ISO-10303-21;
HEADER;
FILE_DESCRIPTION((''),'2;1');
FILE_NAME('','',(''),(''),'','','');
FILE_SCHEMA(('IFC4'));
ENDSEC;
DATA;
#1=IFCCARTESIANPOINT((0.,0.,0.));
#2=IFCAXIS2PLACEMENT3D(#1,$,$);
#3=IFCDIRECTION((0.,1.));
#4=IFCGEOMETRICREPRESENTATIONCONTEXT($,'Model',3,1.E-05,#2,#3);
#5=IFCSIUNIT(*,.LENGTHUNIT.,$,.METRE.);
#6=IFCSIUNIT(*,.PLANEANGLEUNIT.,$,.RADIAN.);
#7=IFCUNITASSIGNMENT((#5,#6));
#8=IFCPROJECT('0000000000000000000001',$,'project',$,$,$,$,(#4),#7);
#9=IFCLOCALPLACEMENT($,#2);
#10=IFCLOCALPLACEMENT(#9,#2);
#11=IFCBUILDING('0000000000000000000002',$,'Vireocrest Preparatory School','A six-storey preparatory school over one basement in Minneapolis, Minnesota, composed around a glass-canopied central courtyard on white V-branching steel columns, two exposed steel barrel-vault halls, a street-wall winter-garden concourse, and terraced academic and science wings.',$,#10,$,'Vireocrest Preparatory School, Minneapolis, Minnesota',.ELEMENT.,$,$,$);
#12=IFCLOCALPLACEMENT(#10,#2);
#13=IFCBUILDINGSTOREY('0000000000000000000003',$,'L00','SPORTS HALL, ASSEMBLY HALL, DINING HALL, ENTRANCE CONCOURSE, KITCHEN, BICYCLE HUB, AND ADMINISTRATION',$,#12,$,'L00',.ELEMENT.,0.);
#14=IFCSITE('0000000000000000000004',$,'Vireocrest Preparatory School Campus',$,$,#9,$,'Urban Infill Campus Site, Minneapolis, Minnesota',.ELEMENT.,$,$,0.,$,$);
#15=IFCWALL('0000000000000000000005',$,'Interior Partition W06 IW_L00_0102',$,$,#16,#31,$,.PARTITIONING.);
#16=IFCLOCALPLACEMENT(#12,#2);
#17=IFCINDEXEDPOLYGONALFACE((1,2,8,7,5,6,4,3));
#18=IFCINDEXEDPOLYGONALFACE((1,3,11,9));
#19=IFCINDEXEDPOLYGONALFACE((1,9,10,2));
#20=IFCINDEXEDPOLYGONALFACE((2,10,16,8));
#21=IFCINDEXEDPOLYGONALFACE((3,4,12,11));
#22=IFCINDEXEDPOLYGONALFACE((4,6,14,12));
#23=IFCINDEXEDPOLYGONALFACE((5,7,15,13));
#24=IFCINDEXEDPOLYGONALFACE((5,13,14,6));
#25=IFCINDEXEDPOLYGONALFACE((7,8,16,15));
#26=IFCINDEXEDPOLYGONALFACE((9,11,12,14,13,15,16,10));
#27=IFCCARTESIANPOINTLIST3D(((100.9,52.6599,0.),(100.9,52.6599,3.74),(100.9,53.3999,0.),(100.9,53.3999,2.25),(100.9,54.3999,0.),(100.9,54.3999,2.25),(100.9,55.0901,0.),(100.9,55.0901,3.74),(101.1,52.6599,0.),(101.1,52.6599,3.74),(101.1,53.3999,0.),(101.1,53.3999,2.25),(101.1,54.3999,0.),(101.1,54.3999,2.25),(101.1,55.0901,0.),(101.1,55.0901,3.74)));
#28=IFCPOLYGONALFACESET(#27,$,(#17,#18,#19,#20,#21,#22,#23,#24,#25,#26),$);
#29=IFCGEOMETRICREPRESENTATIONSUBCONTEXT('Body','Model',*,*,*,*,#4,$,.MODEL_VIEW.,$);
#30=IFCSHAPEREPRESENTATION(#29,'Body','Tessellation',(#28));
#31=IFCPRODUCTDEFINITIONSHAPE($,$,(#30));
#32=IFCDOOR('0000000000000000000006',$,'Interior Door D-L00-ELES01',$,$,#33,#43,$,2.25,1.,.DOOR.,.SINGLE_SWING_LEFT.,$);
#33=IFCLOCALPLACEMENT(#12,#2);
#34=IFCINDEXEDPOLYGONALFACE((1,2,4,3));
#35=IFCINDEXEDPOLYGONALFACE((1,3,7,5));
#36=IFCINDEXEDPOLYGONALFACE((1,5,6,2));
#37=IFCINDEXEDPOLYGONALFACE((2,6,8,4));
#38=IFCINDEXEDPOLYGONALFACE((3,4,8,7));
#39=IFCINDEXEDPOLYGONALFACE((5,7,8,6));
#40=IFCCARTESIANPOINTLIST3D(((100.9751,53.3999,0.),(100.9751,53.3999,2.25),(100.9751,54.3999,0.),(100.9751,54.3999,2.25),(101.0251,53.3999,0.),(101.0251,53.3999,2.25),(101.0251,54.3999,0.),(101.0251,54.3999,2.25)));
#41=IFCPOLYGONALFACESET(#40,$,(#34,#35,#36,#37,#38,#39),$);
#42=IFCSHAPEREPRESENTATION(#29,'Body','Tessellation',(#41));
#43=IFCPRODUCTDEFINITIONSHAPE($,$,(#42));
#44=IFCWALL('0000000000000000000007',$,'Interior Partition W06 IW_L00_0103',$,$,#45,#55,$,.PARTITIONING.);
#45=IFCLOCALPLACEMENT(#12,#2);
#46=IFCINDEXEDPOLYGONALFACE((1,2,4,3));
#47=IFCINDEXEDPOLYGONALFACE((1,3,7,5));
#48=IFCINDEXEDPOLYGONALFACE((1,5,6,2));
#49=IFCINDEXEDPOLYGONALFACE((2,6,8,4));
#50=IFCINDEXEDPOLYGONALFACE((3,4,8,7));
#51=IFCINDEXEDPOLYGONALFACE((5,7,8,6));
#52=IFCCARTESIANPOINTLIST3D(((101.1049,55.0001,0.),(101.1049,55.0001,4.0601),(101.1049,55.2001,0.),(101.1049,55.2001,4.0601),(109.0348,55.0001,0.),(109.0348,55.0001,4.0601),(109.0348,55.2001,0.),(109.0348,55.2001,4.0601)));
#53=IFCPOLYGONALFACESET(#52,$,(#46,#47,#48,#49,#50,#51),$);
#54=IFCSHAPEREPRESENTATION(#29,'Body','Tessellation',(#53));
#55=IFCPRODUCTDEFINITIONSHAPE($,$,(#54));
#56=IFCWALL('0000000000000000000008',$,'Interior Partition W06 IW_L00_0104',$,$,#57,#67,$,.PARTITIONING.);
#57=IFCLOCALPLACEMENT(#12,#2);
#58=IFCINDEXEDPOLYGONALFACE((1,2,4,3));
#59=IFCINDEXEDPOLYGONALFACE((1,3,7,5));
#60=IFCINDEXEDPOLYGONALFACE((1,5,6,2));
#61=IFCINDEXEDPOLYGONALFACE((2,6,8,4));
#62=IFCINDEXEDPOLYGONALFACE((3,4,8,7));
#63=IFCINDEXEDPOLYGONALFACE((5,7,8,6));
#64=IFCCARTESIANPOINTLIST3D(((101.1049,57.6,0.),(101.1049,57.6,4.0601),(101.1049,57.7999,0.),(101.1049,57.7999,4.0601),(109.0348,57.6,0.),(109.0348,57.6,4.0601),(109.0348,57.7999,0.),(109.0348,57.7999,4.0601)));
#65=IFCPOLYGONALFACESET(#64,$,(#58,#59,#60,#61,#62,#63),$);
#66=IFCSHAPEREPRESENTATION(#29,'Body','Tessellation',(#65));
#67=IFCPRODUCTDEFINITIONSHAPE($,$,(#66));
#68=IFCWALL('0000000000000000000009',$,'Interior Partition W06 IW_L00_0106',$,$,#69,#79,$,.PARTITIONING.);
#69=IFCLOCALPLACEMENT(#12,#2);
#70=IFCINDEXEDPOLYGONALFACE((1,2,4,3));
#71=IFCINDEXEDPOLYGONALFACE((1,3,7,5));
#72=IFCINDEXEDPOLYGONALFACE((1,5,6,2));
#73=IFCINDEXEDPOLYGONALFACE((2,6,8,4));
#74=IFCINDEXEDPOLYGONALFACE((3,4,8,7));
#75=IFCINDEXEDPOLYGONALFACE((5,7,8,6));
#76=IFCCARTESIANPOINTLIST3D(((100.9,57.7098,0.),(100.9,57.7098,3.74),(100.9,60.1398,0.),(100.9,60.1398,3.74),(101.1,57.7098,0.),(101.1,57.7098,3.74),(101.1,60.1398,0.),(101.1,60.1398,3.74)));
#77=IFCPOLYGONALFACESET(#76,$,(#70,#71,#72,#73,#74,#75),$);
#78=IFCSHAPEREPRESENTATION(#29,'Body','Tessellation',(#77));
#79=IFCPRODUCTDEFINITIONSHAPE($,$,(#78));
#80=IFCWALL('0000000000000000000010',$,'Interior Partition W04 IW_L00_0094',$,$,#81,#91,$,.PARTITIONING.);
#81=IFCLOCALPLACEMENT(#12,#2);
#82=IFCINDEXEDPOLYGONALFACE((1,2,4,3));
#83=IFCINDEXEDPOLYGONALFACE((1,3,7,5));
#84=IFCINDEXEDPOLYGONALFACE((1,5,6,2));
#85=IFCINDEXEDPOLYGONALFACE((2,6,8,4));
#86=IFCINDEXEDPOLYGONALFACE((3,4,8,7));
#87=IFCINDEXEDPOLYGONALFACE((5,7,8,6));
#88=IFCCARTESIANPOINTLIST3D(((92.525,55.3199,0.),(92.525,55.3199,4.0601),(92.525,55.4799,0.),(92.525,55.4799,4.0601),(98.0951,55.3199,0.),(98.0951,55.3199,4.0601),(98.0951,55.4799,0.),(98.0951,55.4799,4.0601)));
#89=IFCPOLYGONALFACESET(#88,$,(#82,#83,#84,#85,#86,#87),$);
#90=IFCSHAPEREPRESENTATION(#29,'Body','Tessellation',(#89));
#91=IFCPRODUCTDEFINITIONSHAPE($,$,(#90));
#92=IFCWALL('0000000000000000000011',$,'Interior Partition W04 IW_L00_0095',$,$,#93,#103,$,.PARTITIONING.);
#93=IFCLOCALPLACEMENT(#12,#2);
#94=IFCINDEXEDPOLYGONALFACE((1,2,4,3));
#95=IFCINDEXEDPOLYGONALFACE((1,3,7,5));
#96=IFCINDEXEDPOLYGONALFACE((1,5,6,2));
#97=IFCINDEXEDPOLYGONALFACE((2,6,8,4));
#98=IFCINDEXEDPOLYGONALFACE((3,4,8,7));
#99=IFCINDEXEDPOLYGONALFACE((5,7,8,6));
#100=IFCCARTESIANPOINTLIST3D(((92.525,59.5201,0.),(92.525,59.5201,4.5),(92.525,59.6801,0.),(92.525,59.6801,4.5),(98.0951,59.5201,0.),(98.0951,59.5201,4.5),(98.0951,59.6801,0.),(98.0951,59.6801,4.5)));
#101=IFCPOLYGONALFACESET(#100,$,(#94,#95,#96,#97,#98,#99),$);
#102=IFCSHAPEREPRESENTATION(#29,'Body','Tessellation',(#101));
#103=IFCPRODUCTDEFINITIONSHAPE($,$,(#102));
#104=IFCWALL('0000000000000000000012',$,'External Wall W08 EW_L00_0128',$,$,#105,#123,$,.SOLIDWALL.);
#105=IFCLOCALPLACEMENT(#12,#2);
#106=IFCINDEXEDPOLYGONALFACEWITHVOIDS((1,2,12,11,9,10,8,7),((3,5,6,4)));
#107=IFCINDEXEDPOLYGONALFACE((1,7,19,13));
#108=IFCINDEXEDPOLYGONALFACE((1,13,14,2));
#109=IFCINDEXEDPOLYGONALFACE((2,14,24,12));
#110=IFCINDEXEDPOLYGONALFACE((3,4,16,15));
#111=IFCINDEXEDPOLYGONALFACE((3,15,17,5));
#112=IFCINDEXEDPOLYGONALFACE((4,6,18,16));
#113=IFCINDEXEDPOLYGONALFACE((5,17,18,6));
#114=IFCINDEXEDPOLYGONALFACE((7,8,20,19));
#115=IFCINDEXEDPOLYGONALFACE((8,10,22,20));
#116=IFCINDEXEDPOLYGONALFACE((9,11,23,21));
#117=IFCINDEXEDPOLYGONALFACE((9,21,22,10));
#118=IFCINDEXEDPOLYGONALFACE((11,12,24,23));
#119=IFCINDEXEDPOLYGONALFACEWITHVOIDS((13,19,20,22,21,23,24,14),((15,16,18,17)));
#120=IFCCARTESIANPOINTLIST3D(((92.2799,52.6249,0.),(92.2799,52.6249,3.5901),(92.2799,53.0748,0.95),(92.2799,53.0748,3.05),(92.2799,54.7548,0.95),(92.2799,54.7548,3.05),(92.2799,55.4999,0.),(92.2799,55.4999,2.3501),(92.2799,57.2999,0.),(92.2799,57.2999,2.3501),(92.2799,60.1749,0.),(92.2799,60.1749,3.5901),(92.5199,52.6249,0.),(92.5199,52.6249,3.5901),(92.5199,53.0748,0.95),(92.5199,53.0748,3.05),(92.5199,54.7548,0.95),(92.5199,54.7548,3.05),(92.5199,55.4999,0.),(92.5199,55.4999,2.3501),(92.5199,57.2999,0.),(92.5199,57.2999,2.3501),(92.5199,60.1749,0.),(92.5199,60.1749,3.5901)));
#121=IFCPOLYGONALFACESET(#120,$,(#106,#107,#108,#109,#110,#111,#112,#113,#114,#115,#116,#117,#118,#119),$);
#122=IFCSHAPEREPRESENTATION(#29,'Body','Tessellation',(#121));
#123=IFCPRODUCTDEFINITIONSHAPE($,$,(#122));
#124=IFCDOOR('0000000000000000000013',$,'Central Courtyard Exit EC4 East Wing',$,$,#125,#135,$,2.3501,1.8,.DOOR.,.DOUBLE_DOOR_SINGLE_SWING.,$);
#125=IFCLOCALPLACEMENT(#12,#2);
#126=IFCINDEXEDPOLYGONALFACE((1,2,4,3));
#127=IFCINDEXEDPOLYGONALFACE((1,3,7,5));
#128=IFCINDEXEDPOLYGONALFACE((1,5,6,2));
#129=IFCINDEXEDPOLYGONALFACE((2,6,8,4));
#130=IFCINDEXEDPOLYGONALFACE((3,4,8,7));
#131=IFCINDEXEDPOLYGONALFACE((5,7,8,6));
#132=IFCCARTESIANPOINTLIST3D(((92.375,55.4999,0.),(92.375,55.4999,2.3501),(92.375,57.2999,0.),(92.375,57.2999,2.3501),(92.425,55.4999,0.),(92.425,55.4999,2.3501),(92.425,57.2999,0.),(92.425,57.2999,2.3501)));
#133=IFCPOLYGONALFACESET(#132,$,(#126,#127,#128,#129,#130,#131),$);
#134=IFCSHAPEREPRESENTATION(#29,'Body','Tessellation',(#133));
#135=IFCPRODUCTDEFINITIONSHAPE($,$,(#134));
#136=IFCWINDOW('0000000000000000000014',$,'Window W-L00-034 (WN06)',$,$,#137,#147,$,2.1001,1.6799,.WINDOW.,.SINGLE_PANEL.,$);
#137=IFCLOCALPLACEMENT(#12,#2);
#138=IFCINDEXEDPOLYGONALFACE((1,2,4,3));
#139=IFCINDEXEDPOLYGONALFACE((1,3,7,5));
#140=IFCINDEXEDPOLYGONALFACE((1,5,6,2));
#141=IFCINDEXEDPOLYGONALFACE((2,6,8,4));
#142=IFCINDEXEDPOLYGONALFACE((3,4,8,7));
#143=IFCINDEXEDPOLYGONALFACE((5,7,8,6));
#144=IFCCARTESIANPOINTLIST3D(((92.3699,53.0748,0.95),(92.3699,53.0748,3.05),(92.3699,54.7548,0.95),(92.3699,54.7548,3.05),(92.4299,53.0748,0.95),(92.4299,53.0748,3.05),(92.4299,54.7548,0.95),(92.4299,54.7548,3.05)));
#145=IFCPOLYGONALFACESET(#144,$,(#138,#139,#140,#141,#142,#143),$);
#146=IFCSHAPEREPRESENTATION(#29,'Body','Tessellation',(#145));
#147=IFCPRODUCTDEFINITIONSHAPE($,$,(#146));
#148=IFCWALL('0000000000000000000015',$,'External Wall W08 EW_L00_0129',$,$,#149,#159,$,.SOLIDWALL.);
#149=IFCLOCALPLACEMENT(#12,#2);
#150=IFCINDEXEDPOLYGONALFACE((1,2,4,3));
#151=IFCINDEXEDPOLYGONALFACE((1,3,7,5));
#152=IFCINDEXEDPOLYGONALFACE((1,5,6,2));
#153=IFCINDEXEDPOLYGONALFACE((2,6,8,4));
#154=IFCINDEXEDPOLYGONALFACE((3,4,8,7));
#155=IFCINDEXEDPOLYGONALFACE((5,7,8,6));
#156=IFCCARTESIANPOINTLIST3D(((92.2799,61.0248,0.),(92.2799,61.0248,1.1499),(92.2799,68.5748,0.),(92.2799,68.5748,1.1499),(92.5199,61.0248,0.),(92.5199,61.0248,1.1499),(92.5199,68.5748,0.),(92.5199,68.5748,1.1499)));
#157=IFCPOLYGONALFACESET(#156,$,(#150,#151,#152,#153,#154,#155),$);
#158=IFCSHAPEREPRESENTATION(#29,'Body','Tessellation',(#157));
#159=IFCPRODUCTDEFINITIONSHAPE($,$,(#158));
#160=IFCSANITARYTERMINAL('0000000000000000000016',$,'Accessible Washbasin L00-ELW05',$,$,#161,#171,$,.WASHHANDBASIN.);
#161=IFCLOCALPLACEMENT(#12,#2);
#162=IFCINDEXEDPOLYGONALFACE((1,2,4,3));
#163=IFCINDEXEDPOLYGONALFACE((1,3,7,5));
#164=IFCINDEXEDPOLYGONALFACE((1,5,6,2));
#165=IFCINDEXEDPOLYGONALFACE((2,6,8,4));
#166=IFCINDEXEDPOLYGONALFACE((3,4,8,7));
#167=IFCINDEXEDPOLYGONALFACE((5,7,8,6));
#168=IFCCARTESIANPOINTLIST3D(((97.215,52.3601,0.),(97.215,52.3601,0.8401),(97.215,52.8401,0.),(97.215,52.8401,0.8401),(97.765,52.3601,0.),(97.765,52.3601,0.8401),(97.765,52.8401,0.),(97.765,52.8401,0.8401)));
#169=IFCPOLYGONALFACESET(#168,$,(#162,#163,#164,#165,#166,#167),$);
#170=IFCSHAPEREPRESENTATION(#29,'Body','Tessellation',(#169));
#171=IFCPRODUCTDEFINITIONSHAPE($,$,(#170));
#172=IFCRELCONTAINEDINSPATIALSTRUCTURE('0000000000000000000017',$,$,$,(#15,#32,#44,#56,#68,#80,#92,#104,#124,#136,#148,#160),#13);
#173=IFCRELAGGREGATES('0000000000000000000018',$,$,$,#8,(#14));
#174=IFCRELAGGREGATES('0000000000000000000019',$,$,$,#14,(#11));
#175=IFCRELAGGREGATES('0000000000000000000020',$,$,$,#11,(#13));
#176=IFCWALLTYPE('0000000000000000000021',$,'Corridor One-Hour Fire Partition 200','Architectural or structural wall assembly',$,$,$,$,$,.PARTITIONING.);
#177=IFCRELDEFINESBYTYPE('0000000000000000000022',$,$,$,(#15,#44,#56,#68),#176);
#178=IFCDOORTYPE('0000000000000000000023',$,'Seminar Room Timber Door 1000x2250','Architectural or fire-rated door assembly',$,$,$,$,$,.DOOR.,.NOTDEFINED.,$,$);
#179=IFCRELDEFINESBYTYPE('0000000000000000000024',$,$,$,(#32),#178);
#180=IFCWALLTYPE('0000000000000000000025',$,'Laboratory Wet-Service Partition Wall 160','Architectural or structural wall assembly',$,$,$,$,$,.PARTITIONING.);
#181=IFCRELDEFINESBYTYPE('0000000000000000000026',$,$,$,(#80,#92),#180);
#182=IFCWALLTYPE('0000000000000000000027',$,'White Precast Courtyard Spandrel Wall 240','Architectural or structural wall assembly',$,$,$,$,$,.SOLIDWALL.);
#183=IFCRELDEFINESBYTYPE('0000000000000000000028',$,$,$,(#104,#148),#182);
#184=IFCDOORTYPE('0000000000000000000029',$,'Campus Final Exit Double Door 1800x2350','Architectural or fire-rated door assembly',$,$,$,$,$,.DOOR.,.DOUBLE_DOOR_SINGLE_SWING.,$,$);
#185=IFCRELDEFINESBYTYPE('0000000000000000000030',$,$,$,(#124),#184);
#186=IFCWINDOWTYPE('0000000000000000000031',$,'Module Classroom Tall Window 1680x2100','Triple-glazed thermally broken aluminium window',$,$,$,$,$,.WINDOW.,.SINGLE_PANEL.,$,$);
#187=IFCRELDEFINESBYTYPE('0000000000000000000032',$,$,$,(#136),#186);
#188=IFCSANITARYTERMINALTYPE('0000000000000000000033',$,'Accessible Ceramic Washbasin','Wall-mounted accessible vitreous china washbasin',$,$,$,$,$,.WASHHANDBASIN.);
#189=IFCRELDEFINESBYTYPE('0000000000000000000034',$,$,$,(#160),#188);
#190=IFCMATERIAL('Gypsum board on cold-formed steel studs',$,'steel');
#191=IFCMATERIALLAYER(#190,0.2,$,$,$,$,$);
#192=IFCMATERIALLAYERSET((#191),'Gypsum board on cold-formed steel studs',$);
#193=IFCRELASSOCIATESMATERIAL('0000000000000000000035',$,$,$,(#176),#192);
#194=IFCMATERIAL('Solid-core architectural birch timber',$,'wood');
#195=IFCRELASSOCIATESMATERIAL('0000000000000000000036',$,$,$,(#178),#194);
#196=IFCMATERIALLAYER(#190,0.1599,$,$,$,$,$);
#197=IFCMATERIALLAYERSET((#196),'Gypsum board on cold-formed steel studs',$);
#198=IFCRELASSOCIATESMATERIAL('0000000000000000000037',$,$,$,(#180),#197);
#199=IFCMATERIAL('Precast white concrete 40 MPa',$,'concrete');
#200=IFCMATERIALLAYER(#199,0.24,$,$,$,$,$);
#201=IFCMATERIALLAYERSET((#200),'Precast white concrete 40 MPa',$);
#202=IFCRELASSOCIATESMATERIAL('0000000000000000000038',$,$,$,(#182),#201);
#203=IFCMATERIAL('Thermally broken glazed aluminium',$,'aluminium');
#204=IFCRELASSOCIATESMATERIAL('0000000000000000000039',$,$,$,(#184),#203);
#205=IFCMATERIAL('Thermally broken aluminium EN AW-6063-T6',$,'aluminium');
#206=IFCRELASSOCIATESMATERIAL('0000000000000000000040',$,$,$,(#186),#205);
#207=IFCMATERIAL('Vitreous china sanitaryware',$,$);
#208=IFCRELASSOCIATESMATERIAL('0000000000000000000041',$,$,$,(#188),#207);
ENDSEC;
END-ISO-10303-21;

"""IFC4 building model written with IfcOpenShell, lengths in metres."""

from ifc_helpers import new_model, si_unit, direction, frame, frame_2d, origin, origin_2d, place, context, subcontext, project, spatial, rectangle, extrude, material, layer, layer_set, type_object, element, fill, save


model = new_model("IFC4")

# Units and contexts
model_context = context("Model", 3, precision=1e-05, world=origin(), true_north=direction((0.0, 1.0)))
body_context = subcontext(model_context, "Body", "Model", "MODEL_VIEW")
ifc_project = project(units=[si_unit("LENGTHUNIT", "METRE"), si_unit("PLANEANGLEUNIT", "RADIAN")], contexts=[model_context])

# Site, building, storey
site_placement = place(None, origin())
site = spatial("IfcSite", under=ifc_project, at=site_placement, Name="Vireocrest Preparatory School Campus", LongName="Urban Infill Campus Site, Minneapolis, Minnesota", CompositionType="ELEMENT", RefElevation=0.0)
building_placement = place(site_placement, origin())
building = spatial("IfcBuilding", under=site, at=building_placement, Name="Vireocrest Preparatory School", Description="A six-storey preparatory school over one basement in Minneapolis, Minnesota, composed around a glass-canopied central courtyard on white V-branching steel columns, two exposed steel barrel-vault halls, a street-wall winter-garden concourse, and terraced academic and science wings.", LongName="Vireocrest Preparatory School, Minneapolis, Minnesota", CompositionType="ELEMENT")
storey_placement = place(building_placement, origin())
storey = spatial("IfcBuildingStorey", under=building, at=storey_placement, Name="L00", Description="SPORTS HALL, ASSEMBLY HALL, DINING HALL, ENTRANCE CONCOURSE, KITCHEN, BICYCLE HUB, AND ADMINISTRATION", LongName="L00", CompositionType="ELEMENT", Elevation=0.0)

# Wall, opening, door
ifc_material_1 = material(Name="Gypsum board on cold-formed steel studs", Category="steel")
ifc_layer_1 = layer(ifc_material_1, 0.2)
ifc_layer_set_1 = layer_set([ifc_layer_1], Name="Gypsum board on cold-formed steel studs")
wall_type_1 = type_object("IfcWallType", Name="Corridor One-Hour Fire Partition 200", Description="Architectural or structural wall assembly", PredefinedType="PARTITIONING", material=ifc_layer_set_1)
wall_1_placement = place(storey_placement, frame((101.0, 52.6599, 0.0), z_axis=(0.0, 0.0, 1.0), x_axis=(0.0, 1.0, 0.0)))
wall_1 = element("IfcWall", 1, at=wall_1_placement, inside=storey, type_object=wall_type_1, Name="Interior Partition W06 IW_L00_0102", PredefinedType="PARTITIONING", context=body_context, shape_type="SweptSolid", body=[
    extrude(rectangle(XDim=2.4302, YDim=0.2, at=frame_2d((1.2151, 0.0))), origin(), (0.0, 0.0, 1.0), 3.74),
])
opening_1_placement = place(wall_1_placement, frame((0.74, 0.0, 0.0)))
opening_1 = element("IfcOpeningElement", 2, at=opening_1_placement, cuts=wall_1, PredefinedType="OPENING", context=body_context, shape_type="SweptSolid", body=[
    extrude(rectangle(XDim=1.0, YDim=2.25, at=frame_2d((0.5, 1.125))), frame((0.0, 0.1099, 0.0), z_axis=(0.0, -1.0, 0.0), x_axis=(1.0, 0.0, 0.0)), (0.0, 0.0, 1.0), 0.22),
])
ifc_material_2 = material(Name="Solid-core architectural birch timber", Category="wood")
door_type_1 = type_object("IfcDoorType", Name="Seminar Room Timber Door 1000x2250", Description="Architectural or fire-rated door assembly", OperationType="NOTDEFINED", PredefinedType="DOOR", material=ifc_material_2)
door_1_placement = place(opening_1_placement, origin())
door_1 = element("IfcDoor", 3, at=door_1_placement, inside=storey, type_object=door_type_1, Name="Interior Door D-L00-ELES01", OperationType="SINGLE_SWING_LEFT", OverallHeight=2.25, OverallWidth=1.0, PredefinedType="DOOR", context=body_context, shape_type="SweptSolid", body=[
    extrude(rectangle(XDim=1.0, YDim=2.25, at=frame_2d((0.5, 1.125))), frame((0.0, 0.0249, 0.0), z_axis=(0.0, -1.0, 0.0), x_axis=(1.0, 0.0, 0.0)), (0.0, 0.0, 1.0), 0.05),
])
fill(opening_1, door_1)

# Walls
for number, where, z_axis, x_axis, name in (
    (4, (101.105, 55.1001, 0.0), (0.0, 0.0, 1.0), (1.0, 0.0, 0.0), "Interior Partition W06 IW_L00_0103"),
    (5, (101.105, 57.7, 0.0), (0.0, 0.0, 1.0), (1.0, 0.0, 0.0), "Interior Partition W06 IW_L00_0104"),
):
    element("IfcWall", number, at=place(storey_placement, frame(where, z_axis=z_axis, x_axis=x_axis)), inside=storey, type_object=wall_type_1, Name=name, PredefinedType="PARTITIONING", context=body_context, shape_type="SweptSolid", body=[
        extrude(rectangle(XDim=7.9299, YDim=0.2, at=frame_2d((3.9648, 0.0))), origin(), (0.0, 0.0, 1.0), 4.0601),
    ])
wall_2_placement = place(storey_placement, frame((101.0, 57.71, 0.0), z_axis=(0.0, 0.0, 1.0), x_axis=(0.0, 1.0, 0.0)))
element("IfcWall", 6, at=wall_2_placement, inside=storey, type_object=wall_type_1, Name="Interior Partition W06 IW_L00_0106", PredefinedType="PARTITIONING", context=body_context, shape_type="SweptSolid", body=[
    extrude(rectangle(XDim=2.4299, YDim=0.2, at=frame_2d((1.2148, 0.0))), origin(), (0.0, 0.0, 1.0), 3.74),
])
ifc_layer_2 = layer(ifc_material_1, 0.1599)
ifc_layer_set_2 = layer_set([ifc_layer_2], Name="Gypsum board on cold-formed steel studs")
wall_type_2 = type_object("IfcWallType", Name="Laboratory Wet-Service Partition Wall 160", Description="Architectural or structural wall assembly", PredefinedType="PARTITIONING", material=ifc_layer_set_2)
wall_3_placement = place(storey_placement, frame((92.5249, 55.3999, 0.0), z_axis=(0.0, 0.0, 1.0), x_axis=(1.0, 0.0, 0.0)))
element("IfcWall", 7, at=wall_3_placement, inside=storey, type_object=wall_type_2, Name="Interior Partition W04 IW_L00_0094", PredefinedType="PARTITIONING", context=body_context, shape_type="SweptSolid", body=[
    extrude(rectangle(XDim=5.5701, YDim=0.1599, at=frame_2d((2.7852, 0.0))), origin(), (0.0, 0.0, 1.0), 4.0601),
])
wall_4_placement = place(storey_placement, frame((92.5249, 59.6001, 0.0), z_axis=(0.0, 0.0, 1.0), x_axis=(1.0, 0.0, 0.0)))
element("IfcWall", 8, at=wall_4_placement, inside=storey, type_object=wall_type_2, Name="Interior Partition W04 IW_L00_0095", PredefinedType="PARTITIONING", context=body_context, shape_type="SweptSolid", body=[
    extrude(rectangle(XDim=5.5701, YDim=0.1599, at=frame_2d((2.7852, 0.0))), origin(), (0.0, 0.0, 1.0), 4.5),
])

# Wall, openings, door, window
ifc_material_3 = material(Name="Precast white concrete 40 MPa", Category="concrete")
ifc_layer_3 = layer(ifc_material_3, 0.24)
ifc_layer_set_3 = layer_set([ifc_layer_3], Name="Precast white concrete 40 MPa")
wall_type_3 = type_object("IfcWallType", Name="White Precast Courtyard Spandrel Wall 240", Description="Architectural or structural wall assembly", PredefinedType="SOLIDWALL", material=ifc_layer_set_3)
wall_5_placement = place(storey_placement, frame((92.3999, 52.625, 0.0), z_axis=(0.0, 0.0, 1.0), x_axis=(0.0, 1.0, 0.0)))
wall_5 = element("IfcWall", 9, at=wall_5_placement, inside=storey, type_object=wall_type_3, Name="External Wall W08 EW_L00_0128", PredefinedType="SOLIDWALL", context=body_context, shape_type="SweptSolid", body=[
    extrude(rectangle(XDim=7.55, YDim=0.24, at=frame_2d((3.7749, 0.0))), origin(), (0.0, 0.0, 1.0), 3.5901),
])
opening_2_placement = place(wall_5_placement, frame((2.875, 0.0, 0.0)))
opening_2 = element("IfcOpeningElement", 10, at=opening_2_placement, cuts=wall_5, PredefinedType="OPENING", context=body_context, shape_type="SweptSolid", body=[
    extrude(rectangle(XDim=1.8, YDim=2.3501, at=frame_2d((0.8999, 1.175))), frame((0.0, 0.1299, 0.0), z_axis=(0.0, -1.0, 0.0), x_axis=(1.0, 0.0, 0.0)), (0.0, 0.0, 1.0), 0.26),
])
opening_3_placement = place(wall_5_placement, frame((0.45, 0.0, 0.95)))
opening_3 = element("IfcOpeningElement", 11, at=opening_3_placement, cuts=wall_5, PredefinedType="OPENING", context=body_context, shape_type="SweptSolid", body=[
    extrude(rectangle(XDim=1.6799, YDim=2.1001, at=frame_2d((0.8398, 1.05))), frame((0.0, 0.1299, 0.0), z_axis=(0.0, -1.0, 0.0), x_axis=(1.0, 0.0, 0.0)), (0.0, 0.0, 1.0), 0.26),
])
ifc_material_4 = material(Name="Thermally broken glazed aluminium", Category="aluminium")
door_type_2 = type_object("IfcDoorType", Name="Campus Final Exit Double Door 1800x2350", Description="Architectural or fire-rated door assembly", OperationType="DOUBLE_DOOR_SINGLE_SWING", PredefinedType="DOOR", material=ifc_material_4)
door_2_placement = place(opening_2_placement, origin())
door_2 = element("IfcDoor", 12, at=door_2_placement, inside=storey, type_object=door_type_2, Name="Central Courtyard Exit EC4 East Wing", OperationType="DOUBLE_DOOR_SINGLE_SWING", OverallHeight=2.3501, OverallWidth=1.8, PredefinedType="DOOR", context=body_context, shape_type="SweptSolid", body=[
    extrude(rectangle(XDim=1.8, YDim=2.3501, at=frame_2d((0.8999, 1.175))), frame((0.0, 0.0249, 0.0), z_axis=(0.0, -1.0, 0.0), x_axis=(1.0, 0.0, 0.0)), (0.0, 0.0, 1.0), 0.05),
])
fill(opening_2, door_2)
ifc_material_5 = material(Name="Thermally broken aluminium EN AW-6063-T6", Category="aluminium")
window_type = type_object("IfcWindowType", Name="Module Classroom Tall Window 1680x2100", Description="Triple-glazed thermally broken aluminium window", PartitioningType="SINGLE_PANEL", PredefinedType="WINDOW", material=ifc_material_5)
window_placement = place(opening_3_placement, origin())
window = element("IfcWindow", 13, at=window_placement, inside=storey, type_object=window_type, Name="Window W-L00-034 (WN06)", OverallHeight=2.1001, OverallWidth=1.6799, PartitioningType="SINGLE_PANEL", PredefinedType="WINDOW", context=body_context, shape_type="SweptSolid", body=[
    extrude(rectangle(XDim=1.6799, YDim=2.1001, at=frame_2d((0.8398, 1.05))), frame((0.0, 0.03, 0.0), z_axis=(0.0, -1.0, 0.0), x_axis=(1.0, 0.0, 0.0)), (0.0, 0.0, 1.0), 0.0601),
])
fill(opening_3, window)

# Wall
wall_6_placement = place(storey_placement, frame((92.3999, 61.0249, 0.0), z_axis=(0.0, 0.0, 1.0), x_axis=(0.0, 1.0, 0.0)))
element("IfcWall", 14, at=wall_6_placement, inside=storey, type_object=wall_type_3, Name="External Wall W08 EW_L00_0129", PredefinedType="SOLIDWALL", context=body_context, shape_type="SweptSolid", body=[
    extrude(rectangle(XDim=7.55, YDim=0.24, at=frame_2d((3.7749, 0.0))), origin(), (0.0, 0.0, 1.0), 1.1499),
])

# Sanitary terminal
ifc_material_6 = material(Name="Vitreous china sanitaryware")
sanitary_terminal_type_1 = type_object("IfcSanitaryTerminalType", Name="Accessible Ceramic Washbasin", Description="Wall-mounted accessible vitreous china washbasin", PredefinedType="WASHHANDBASIN", material=ifc_material_6)
for number, where, z_axis, x_axis, name in (
    (15, (97.49, 52.6001, 0.0), (0.0, 0.0, 1.0), (1.0, 0.0, 0.0), "Accessible Washbasin L00-ELW05"),
):
    element("IfcSanitaryTerminal", number, at=place(storey_placement, frame(where, z_axis=z_axis, x_axis=x_axis)), inside=storey, type_object=sanitary_terminal_type_1, Name=name, PredefinedType="WASHHANDBASIN", context=body_context, shape_type="SweptSolid", body=[
        extrude(rectangle(XDim=0.55, YDim=0.48, at=origin_2d()), origin(), (0.0, 0.0, 1.0), 0.8401),
    ])

save(model, "model.ifc")
